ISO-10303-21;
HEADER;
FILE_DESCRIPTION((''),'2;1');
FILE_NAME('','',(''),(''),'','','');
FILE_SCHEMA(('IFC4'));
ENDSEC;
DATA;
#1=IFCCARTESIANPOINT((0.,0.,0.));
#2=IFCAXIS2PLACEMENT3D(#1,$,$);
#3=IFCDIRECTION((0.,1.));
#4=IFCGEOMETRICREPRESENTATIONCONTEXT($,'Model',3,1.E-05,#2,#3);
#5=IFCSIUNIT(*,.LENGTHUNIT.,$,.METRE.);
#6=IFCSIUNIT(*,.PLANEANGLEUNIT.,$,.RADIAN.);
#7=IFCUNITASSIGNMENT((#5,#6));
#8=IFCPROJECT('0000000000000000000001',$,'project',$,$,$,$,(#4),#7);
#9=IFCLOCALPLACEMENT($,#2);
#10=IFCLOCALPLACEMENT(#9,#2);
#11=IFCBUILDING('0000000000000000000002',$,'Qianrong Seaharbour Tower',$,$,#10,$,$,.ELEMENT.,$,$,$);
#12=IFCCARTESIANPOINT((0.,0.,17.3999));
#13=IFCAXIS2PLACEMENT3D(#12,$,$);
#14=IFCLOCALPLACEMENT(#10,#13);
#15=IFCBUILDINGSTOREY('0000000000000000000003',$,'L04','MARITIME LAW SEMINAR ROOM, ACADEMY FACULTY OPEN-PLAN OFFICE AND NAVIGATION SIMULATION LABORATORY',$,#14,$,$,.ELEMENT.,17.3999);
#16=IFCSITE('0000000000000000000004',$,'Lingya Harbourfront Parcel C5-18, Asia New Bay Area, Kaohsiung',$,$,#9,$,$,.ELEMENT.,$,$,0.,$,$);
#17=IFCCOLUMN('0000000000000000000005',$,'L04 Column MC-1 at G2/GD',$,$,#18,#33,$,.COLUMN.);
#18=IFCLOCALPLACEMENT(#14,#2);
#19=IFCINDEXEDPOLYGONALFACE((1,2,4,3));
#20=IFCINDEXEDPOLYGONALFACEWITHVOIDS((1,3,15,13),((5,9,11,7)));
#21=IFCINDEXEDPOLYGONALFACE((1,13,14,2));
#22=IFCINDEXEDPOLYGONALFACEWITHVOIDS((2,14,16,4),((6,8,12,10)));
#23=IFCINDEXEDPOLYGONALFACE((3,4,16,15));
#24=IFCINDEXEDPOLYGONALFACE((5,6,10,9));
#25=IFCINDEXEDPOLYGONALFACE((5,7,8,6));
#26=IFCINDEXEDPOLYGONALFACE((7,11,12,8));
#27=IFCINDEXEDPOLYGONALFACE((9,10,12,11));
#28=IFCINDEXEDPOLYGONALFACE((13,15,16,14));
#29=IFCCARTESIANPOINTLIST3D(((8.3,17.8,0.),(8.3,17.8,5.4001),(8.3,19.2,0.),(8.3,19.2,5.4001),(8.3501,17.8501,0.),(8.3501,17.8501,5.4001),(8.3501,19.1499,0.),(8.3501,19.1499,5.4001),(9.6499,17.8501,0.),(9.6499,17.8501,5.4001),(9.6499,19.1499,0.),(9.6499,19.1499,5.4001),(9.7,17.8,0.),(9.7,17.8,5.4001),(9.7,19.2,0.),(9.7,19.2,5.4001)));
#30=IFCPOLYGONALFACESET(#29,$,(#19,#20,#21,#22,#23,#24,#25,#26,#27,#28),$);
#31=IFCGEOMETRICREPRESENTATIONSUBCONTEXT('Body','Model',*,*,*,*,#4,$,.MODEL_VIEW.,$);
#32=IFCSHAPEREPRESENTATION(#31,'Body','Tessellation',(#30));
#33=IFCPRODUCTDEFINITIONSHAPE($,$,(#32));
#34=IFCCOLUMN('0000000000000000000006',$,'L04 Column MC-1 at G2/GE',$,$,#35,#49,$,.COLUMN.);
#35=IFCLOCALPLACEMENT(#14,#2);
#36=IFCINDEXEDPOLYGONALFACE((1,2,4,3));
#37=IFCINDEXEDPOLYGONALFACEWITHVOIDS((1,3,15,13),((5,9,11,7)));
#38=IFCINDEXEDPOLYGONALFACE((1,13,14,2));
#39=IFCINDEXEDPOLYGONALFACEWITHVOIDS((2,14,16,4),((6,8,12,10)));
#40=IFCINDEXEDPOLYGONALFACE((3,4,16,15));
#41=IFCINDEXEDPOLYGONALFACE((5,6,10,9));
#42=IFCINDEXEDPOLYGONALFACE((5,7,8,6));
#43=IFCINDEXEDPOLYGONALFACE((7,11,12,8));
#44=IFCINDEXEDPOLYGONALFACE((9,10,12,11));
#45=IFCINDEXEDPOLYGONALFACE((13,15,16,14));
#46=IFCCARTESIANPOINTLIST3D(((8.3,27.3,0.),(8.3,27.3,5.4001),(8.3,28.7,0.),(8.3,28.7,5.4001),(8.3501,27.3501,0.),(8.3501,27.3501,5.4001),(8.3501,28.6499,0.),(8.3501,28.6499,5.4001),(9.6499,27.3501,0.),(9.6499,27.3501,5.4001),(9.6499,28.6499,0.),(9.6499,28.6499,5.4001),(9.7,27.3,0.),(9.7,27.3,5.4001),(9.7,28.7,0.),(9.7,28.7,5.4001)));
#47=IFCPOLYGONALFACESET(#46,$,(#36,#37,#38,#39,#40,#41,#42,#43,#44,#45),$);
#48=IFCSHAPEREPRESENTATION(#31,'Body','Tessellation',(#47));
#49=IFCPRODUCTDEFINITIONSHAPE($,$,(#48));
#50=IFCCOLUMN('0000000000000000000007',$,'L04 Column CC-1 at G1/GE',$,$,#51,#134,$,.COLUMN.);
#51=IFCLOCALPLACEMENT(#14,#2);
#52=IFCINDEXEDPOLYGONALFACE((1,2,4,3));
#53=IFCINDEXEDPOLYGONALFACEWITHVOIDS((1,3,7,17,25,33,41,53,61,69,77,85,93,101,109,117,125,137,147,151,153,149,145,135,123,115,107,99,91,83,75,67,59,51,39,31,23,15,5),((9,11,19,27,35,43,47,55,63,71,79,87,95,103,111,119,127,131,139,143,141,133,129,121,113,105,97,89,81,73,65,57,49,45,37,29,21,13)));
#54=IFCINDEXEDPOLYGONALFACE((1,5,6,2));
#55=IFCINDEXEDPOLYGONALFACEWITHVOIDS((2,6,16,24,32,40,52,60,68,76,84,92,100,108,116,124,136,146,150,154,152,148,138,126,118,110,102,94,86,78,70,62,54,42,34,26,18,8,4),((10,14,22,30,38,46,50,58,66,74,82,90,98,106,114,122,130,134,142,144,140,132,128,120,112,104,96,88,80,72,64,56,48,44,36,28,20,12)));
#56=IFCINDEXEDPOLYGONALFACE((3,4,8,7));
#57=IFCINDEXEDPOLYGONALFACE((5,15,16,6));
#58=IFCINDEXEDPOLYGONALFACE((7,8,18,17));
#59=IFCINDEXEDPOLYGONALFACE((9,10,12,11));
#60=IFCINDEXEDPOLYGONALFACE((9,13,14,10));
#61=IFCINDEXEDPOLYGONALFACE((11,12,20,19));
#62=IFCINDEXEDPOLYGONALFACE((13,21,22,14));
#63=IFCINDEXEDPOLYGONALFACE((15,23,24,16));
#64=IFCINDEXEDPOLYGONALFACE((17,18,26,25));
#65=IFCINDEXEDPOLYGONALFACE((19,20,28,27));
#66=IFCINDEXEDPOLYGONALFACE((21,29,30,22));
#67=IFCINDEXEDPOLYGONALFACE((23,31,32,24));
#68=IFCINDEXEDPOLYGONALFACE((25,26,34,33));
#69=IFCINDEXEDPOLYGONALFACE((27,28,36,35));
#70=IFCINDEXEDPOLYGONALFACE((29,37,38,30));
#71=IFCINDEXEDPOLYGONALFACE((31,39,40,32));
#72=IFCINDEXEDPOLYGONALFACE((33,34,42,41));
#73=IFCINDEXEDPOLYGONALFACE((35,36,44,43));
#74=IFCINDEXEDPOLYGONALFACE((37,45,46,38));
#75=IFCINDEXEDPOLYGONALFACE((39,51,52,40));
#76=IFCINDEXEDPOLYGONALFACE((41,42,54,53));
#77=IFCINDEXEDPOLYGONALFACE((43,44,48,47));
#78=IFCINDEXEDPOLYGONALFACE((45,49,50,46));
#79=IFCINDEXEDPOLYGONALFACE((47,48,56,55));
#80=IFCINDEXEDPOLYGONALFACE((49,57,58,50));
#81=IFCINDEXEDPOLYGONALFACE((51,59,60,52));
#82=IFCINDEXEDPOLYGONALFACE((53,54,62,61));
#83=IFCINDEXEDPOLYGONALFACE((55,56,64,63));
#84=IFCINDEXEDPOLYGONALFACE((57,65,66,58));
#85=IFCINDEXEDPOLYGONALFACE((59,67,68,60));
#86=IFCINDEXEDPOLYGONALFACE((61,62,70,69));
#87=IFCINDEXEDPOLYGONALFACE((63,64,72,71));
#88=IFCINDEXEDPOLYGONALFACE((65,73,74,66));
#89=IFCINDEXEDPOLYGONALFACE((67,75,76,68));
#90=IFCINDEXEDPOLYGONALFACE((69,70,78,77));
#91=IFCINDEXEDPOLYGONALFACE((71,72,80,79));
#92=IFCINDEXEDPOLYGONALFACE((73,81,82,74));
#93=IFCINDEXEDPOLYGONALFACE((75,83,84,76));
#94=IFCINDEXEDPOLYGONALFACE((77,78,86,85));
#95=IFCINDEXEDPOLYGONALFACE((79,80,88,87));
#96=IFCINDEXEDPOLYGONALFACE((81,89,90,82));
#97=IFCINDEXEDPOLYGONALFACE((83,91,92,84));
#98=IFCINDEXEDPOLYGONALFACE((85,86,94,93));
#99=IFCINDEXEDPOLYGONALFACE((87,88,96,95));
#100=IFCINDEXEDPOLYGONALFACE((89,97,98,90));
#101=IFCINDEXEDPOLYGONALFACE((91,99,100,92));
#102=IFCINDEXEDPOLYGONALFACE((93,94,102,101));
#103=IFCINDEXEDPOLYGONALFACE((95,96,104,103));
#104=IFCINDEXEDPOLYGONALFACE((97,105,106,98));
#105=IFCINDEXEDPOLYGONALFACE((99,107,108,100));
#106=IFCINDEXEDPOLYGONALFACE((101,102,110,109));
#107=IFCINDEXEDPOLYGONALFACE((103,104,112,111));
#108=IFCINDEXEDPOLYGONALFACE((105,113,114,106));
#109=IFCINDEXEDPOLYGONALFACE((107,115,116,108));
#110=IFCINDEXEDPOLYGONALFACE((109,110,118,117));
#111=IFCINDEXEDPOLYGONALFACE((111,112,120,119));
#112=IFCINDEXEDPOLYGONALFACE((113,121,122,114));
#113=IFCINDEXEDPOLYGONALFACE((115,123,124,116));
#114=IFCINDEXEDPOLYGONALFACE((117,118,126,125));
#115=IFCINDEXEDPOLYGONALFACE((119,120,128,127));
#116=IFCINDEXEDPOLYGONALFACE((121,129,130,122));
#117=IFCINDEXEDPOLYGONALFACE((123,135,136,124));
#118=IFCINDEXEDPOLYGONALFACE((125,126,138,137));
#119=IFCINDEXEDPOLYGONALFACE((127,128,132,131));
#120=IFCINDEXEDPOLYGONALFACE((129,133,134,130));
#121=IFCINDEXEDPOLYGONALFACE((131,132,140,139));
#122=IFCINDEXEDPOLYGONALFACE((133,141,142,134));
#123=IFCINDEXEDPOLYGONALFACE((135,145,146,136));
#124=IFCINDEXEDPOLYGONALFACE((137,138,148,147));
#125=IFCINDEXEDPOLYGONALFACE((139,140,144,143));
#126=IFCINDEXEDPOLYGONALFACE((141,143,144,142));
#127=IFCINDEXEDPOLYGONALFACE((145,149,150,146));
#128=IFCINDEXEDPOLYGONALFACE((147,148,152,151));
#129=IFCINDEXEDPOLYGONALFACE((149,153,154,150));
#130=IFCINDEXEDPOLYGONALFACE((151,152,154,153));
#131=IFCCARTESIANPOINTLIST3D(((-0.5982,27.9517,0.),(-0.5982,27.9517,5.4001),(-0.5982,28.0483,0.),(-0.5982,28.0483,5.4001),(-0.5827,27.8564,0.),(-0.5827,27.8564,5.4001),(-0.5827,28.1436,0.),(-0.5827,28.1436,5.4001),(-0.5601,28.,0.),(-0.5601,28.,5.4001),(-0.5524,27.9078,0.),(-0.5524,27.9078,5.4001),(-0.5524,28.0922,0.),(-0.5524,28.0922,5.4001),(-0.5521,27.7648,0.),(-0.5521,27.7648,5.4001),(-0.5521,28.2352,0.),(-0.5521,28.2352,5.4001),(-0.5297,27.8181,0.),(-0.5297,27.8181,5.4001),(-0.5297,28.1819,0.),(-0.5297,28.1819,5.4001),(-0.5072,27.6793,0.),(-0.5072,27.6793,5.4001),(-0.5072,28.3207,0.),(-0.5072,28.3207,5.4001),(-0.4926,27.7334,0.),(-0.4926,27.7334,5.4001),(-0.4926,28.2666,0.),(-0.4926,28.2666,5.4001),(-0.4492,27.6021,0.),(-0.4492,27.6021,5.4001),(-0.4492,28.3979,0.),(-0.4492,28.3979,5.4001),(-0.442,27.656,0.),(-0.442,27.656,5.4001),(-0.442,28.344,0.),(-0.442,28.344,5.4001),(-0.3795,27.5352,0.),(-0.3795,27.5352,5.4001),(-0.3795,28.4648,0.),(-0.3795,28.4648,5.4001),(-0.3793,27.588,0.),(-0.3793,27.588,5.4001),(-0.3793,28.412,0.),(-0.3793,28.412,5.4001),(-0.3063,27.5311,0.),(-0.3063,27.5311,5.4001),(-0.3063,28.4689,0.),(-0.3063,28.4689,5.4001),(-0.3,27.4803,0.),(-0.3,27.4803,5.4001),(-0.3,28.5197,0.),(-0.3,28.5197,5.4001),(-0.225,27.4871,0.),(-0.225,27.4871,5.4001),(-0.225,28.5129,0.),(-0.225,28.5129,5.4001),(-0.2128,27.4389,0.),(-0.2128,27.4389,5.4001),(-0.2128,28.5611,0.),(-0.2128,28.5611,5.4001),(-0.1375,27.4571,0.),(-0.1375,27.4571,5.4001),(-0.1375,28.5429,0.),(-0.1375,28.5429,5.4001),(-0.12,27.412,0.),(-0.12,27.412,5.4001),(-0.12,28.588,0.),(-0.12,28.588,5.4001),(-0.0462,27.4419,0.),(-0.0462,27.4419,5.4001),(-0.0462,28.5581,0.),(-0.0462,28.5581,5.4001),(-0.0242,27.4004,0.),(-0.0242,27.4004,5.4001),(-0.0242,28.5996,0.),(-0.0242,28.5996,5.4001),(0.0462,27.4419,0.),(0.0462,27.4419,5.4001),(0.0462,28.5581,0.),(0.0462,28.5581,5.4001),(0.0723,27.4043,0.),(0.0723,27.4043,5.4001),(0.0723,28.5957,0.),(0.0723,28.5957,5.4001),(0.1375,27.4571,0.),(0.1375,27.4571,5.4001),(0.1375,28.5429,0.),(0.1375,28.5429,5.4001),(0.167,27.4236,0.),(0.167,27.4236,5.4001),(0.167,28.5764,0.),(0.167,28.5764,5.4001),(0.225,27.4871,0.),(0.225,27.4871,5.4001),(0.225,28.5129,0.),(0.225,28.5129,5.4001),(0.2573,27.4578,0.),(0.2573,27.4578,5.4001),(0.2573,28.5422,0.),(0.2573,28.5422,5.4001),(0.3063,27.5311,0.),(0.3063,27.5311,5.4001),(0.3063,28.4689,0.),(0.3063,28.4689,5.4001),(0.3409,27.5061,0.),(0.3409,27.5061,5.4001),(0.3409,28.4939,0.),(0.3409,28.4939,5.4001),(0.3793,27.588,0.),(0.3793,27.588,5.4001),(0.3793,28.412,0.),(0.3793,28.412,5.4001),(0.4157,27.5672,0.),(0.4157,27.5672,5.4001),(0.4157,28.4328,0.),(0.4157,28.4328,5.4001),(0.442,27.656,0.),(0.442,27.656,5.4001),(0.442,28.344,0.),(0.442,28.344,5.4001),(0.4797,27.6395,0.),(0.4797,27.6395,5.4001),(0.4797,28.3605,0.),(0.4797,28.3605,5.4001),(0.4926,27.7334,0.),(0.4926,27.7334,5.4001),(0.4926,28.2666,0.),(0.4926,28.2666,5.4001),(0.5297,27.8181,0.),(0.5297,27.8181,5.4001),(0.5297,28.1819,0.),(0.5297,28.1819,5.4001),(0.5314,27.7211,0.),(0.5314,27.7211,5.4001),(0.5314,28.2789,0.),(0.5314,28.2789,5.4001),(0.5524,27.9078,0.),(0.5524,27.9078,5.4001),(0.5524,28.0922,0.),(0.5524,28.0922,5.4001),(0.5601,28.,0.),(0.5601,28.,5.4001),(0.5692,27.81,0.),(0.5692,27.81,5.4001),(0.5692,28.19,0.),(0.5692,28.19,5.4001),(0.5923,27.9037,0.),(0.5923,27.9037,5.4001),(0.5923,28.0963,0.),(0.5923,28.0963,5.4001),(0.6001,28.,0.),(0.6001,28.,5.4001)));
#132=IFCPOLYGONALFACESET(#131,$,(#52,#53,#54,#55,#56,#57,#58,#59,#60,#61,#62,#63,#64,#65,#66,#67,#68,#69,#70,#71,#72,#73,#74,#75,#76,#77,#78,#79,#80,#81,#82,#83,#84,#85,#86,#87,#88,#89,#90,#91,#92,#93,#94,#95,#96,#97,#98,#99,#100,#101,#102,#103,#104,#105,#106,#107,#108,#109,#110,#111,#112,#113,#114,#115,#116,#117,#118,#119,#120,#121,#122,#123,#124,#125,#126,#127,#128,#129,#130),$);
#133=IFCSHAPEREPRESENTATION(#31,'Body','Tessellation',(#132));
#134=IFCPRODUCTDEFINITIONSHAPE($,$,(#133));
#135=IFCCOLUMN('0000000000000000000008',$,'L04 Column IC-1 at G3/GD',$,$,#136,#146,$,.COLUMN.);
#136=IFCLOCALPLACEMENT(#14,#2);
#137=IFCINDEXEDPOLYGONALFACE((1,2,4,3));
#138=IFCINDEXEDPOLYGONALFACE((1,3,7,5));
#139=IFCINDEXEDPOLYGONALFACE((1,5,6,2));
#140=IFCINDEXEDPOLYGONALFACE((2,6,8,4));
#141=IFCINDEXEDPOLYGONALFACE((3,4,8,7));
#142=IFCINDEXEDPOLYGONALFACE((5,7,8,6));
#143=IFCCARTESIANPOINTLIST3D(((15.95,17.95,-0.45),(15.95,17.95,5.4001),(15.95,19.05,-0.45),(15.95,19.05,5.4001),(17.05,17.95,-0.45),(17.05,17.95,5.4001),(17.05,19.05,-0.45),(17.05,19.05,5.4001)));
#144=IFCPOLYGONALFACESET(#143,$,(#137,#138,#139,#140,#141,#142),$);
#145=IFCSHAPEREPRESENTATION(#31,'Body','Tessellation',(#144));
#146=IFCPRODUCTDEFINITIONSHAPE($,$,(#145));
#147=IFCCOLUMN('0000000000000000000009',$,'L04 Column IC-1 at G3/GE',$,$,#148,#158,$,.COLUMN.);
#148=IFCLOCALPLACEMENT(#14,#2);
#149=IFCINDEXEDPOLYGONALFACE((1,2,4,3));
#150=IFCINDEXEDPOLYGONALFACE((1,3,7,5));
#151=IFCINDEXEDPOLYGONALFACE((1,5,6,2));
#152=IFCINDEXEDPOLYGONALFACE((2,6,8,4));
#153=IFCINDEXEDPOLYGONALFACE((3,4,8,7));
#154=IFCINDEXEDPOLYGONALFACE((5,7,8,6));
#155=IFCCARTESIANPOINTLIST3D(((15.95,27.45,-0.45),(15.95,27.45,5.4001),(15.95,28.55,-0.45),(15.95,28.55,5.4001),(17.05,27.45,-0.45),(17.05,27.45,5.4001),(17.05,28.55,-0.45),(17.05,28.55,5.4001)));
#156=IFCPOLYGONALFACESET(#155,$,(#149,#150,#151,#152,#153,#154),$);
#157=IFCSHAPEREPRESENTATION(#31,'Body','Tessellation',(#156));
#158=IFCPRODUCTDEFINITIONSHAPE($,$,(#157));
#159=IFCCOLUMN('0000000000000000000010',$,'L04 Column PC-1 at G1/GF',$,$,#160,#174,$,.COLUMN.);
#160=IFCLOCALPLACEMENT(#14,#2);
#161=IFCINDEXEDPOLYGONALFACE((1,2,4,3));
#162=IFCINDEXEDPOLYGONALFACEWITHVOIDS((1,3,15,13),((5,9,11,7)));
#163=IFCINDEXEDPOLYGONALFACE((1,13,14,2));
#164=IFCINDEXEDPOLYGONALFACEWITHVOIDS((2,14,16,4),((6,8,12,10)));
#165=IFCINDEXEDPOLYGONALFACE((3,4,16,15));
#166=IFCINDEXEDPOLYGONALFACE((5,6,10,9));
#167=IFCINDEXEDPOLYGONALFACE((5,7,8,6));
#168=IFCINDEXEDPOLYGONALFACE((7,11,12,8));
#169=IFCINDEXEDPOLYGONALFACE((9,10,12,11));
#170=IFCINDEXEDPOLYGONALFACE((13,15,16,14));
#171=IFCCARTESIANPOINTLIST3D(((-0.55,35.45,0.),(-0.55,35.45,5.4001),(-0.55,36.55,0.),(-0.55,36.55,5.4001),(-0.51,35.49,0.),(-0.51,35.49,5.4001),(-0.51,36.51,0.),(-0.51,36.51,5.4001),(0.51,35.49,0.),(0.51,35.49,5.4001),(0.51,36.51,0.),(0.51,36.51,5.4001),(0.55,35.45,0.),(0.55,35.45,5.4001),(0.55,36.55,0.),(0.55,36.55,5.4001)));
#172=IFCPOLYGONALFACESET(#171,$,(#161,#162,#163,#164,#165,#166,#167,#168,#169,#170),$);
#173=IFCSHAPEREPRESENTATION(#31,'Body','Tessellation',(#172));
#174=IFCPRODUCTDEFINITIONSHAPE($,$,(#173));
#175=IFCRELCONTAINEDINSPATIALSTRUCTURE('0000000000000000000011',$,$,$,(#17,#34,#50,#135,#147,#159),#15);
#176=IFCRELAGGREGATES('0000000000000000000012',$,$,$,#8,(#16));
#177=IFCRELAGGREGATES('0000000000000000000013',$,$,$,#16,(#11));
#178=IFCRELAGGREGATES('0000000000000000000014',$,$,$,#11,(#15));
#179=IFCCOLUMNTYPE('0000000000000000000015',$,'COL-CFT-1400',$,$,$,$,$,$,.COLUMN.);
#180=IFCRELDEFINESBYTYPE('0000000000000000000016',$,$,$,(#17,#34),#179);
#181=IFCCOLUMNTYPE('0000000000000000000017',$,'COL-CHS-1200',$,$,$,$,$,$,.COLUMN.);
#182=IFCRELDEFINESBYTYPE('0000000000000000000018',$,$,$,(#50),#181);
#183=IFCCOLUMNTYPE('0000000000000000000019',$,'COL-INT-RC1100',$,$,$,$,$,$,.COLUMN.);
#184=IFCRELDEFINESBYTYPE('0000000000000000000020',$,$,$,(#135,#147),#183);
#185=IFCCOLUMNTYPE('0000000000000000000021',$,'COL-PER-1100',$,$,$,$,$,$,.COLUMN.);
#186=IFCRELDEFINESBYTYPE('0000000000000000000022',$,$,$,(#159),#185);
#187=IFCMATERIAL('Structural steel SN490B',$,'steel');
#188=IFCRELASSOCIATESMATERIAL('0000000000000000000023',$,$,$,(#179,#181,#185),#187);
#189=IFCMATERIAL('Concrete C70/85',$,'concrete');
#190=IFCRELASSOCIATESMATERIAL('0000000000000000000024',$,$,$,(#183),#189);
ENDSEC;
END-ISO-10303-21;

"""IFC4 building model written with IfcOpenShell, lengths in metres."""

from ifc_helpers import new_model, si_unit, direction, frame, origin, origin_2d, place, context, subcontext, project, spatial, rectangle, hollow_rectangle, hollow_circle, extrude, material, material_profile, profile_set, type_object, element, save


model = new_model("IFC4")

# Units and contexts
model_context = context("Model", 3, precision=1e-05, world=origin(), true_north=direction((0.0, 1.0)))
body_context = subcontext(model_context, "Body", "Model", "MODEL_VIEW")
ifc_project = project(units=[si_unit("LENGTHUNIT", "METRE"), si_unit("PLANEANGLEUNIT", "RADIAN")], contexts=[model_context])

# Site, building, storey
site_placement = place(None, origin())
site = spatial("IfcSite", under=ifc_project, at=site_placement, Name="Lingya Harbourfront Parcel C5-18, Asia New Bay Area, Kaohsiung", CompositionType="ELEMENT", RefElevation=0.0)
building_placement = place(site_placement, origin())
building = spatial("IfcBuilding", under=site, at=building_placement, Name="Qianrong Seaharbour Tower", CompositionType="ELEMENT")
storey_placement = place(building_placement, frame((0.0, 0.0, 17.3999)))
storey = spatial("IfcBuildingStorey", under=building, at=storey_placement, Name="L04", Description="MARITIME LAW SEMINAR ROOM, ACADEMY FACULTY OPEN-PLAN OFFICE AND NAVIGATION SIMULATION LABORATORY", CompositionType="ELEMENT", Elevation=17.3999)

# Columns
ifc_material_1 = material(Name="Structural steel SN490B", Category="steel")
ifc_material_profile_1 = material_profile(ifc_material_1, hollow_rectangle(XDim=1.3999, YDim=1.3999, WallThickness=0.05, at=origin_2d()), Name="BOX1400x1400x50")
ifc_profile_set_1 = profile_set([ifc_material_profile_1], Name="Structural steel SN490B")
column_type_1 = type_object("IfcColumnType", Name="COL-CFT-1400", PredefinedType="COLUMN", material=ifc_profile_set_1)
for number, where, z_axis, x_axis, name in (
    (1, (9.0, 18.5, 0.0), (0.0, 0.0, 1.0), (1.0, 0.0, 0.0), "L04 Column MC-1 at G2/GD"),
    (2, (9.0, 28.0, 0.0), (0.0, 0.0, 1.0), (1.0, 0.0, 0.0), "L04 Column MC-1 at G2/GE"),
):
    element("IfcColumn", number, at=place(storey_placement, frame(where, z_axis=z_axis, x_axis=x_axis)), inside=storey, type_object=column_type_1, Name=name, PredefinedType="COLUMN", context=body_context, shape_type="SweptSolid", body=[
        extrude(hollow_rectangle(XDim=1.3999, YDim=1.3999, WallThickness=0.05, at=origin_2d()), origin(), (0.0, 0.0, 1.0), 5.4001),
    ])
ifc_material_profile_2 = material_profile(ifc_material_1, hollow_circle(Radius=0.6001, WallThickness=0.04, at=origin_2d()), Name="CHS1200x40")
ifc_profile_set_2 = profile_set([ifc_material_profile_2], Name="Structural steel SN490B")
column_type_2 = type_object("IfcColumnType", Name="COL-CHS-1200", PredefinedType="COLUMN", material=ifc_profile_set_2)
column_1_placement = place(storey_placement, frame((0.0, 28.0, 0.0), z_axis=(0.0, 0.0, 1.0), x_axis=(1.0, 0.0, 0.0)))
element("IfcColumn", 3, at=column_1_placement, inside=storey, type_object=column_type_2, Name="L04 Column CC-1 at G1/GE", PredefinedType="COLUMN", context=body_context, shape_type="SweptSolid", body=[
    extrude(hollow_circle(Radius=0.6001, WallThickness=0.04, at=origin_2d()), origin(), (0.0, 0.0, 1.0), 5.4001),
])
ifc_material_2 = material(Name="Concrete C70/85", Category="concrete")
ifc_material_profile_3 = material_profile(ifc_material_2, rectangle(XDim=1.1001, YDim=1.1001, at=origin_2d()), Name="RC1100x1100")
ifc_profile_set_3 = profile_set([ifc_material_profile_3], Name="Concrete C70/85")
column_type_3 = type_object("IfcColumnType", Name="COL-INT-RC1100", PredefinedType="COLUMN", material=ifc_profile_set_3)
for number, where, z_axis, x_axis, name in (
    (4, (16.5, 18.5, -0.45), (0.0, 0.0, 1.0), (1.0, 0.0, 0.0), "L04 Column IC-1 at G3/GD"),
    (5, (16.5, 28.0, -0.45), (0.0, 0.0, 1.0), (1.0, 0.0, 0.0), "L04 Column IC-1 at G3/GE"),
):
    element("IfcColumn", number, at=place(storey_placement, frame(where, z_axis=z_axis, x_axis=x_axis)), inside=storey, type_object=column_type_3, Name=name, PredefinedType="COLUMN", context=body_context, shape_type="SweptSolid", body=[
        extrude(rectangle(XDim=1.1001, YDim=1.1001, at=origin_2d()), origin(), (0.0, 0.0, 1.0), 5.8501),
    ])
ifc_material_profile_4 = material_profile(ifc_material_1, hollow_rectangle(XDim=1.1001, YDim=1.1001, WallThickness=0.04, at=origin_2d()), Name="BOX1100x1100x40")
ifc_profile_set_4 = profile_set([ifc_material_profile_4], Name="Structural steel SN490B")
column_type_4 = type_object("IfcColumnType", Name="COL-PER-1100", PredefinedType="COLUMN", material=ifc_profile_set_4)
column_2_placement = place(storey_placement, frame((0.0, 36.0, 0.0), z_axis=(0.0, 0.0, 1.0), x_axis=(1.0, 0.0, 0.0)))
element("IfcColumn", 6, at=column_2_placement, inside=storey, type_object=column_type_4, Name="L04 Column PC-1 at G1/GF", PredefinedType="COLUMN", context=body_context, shape_type="SweptSolid", body=[
    extrude(hollow_rectangle(XDim=1.1001, YDim=1.1001, WallThickness=0.04, at=origin_2d()), origin(), (0.0, 0.0, 1.0), 5.4001),
])

save(model, "model.ifc")
